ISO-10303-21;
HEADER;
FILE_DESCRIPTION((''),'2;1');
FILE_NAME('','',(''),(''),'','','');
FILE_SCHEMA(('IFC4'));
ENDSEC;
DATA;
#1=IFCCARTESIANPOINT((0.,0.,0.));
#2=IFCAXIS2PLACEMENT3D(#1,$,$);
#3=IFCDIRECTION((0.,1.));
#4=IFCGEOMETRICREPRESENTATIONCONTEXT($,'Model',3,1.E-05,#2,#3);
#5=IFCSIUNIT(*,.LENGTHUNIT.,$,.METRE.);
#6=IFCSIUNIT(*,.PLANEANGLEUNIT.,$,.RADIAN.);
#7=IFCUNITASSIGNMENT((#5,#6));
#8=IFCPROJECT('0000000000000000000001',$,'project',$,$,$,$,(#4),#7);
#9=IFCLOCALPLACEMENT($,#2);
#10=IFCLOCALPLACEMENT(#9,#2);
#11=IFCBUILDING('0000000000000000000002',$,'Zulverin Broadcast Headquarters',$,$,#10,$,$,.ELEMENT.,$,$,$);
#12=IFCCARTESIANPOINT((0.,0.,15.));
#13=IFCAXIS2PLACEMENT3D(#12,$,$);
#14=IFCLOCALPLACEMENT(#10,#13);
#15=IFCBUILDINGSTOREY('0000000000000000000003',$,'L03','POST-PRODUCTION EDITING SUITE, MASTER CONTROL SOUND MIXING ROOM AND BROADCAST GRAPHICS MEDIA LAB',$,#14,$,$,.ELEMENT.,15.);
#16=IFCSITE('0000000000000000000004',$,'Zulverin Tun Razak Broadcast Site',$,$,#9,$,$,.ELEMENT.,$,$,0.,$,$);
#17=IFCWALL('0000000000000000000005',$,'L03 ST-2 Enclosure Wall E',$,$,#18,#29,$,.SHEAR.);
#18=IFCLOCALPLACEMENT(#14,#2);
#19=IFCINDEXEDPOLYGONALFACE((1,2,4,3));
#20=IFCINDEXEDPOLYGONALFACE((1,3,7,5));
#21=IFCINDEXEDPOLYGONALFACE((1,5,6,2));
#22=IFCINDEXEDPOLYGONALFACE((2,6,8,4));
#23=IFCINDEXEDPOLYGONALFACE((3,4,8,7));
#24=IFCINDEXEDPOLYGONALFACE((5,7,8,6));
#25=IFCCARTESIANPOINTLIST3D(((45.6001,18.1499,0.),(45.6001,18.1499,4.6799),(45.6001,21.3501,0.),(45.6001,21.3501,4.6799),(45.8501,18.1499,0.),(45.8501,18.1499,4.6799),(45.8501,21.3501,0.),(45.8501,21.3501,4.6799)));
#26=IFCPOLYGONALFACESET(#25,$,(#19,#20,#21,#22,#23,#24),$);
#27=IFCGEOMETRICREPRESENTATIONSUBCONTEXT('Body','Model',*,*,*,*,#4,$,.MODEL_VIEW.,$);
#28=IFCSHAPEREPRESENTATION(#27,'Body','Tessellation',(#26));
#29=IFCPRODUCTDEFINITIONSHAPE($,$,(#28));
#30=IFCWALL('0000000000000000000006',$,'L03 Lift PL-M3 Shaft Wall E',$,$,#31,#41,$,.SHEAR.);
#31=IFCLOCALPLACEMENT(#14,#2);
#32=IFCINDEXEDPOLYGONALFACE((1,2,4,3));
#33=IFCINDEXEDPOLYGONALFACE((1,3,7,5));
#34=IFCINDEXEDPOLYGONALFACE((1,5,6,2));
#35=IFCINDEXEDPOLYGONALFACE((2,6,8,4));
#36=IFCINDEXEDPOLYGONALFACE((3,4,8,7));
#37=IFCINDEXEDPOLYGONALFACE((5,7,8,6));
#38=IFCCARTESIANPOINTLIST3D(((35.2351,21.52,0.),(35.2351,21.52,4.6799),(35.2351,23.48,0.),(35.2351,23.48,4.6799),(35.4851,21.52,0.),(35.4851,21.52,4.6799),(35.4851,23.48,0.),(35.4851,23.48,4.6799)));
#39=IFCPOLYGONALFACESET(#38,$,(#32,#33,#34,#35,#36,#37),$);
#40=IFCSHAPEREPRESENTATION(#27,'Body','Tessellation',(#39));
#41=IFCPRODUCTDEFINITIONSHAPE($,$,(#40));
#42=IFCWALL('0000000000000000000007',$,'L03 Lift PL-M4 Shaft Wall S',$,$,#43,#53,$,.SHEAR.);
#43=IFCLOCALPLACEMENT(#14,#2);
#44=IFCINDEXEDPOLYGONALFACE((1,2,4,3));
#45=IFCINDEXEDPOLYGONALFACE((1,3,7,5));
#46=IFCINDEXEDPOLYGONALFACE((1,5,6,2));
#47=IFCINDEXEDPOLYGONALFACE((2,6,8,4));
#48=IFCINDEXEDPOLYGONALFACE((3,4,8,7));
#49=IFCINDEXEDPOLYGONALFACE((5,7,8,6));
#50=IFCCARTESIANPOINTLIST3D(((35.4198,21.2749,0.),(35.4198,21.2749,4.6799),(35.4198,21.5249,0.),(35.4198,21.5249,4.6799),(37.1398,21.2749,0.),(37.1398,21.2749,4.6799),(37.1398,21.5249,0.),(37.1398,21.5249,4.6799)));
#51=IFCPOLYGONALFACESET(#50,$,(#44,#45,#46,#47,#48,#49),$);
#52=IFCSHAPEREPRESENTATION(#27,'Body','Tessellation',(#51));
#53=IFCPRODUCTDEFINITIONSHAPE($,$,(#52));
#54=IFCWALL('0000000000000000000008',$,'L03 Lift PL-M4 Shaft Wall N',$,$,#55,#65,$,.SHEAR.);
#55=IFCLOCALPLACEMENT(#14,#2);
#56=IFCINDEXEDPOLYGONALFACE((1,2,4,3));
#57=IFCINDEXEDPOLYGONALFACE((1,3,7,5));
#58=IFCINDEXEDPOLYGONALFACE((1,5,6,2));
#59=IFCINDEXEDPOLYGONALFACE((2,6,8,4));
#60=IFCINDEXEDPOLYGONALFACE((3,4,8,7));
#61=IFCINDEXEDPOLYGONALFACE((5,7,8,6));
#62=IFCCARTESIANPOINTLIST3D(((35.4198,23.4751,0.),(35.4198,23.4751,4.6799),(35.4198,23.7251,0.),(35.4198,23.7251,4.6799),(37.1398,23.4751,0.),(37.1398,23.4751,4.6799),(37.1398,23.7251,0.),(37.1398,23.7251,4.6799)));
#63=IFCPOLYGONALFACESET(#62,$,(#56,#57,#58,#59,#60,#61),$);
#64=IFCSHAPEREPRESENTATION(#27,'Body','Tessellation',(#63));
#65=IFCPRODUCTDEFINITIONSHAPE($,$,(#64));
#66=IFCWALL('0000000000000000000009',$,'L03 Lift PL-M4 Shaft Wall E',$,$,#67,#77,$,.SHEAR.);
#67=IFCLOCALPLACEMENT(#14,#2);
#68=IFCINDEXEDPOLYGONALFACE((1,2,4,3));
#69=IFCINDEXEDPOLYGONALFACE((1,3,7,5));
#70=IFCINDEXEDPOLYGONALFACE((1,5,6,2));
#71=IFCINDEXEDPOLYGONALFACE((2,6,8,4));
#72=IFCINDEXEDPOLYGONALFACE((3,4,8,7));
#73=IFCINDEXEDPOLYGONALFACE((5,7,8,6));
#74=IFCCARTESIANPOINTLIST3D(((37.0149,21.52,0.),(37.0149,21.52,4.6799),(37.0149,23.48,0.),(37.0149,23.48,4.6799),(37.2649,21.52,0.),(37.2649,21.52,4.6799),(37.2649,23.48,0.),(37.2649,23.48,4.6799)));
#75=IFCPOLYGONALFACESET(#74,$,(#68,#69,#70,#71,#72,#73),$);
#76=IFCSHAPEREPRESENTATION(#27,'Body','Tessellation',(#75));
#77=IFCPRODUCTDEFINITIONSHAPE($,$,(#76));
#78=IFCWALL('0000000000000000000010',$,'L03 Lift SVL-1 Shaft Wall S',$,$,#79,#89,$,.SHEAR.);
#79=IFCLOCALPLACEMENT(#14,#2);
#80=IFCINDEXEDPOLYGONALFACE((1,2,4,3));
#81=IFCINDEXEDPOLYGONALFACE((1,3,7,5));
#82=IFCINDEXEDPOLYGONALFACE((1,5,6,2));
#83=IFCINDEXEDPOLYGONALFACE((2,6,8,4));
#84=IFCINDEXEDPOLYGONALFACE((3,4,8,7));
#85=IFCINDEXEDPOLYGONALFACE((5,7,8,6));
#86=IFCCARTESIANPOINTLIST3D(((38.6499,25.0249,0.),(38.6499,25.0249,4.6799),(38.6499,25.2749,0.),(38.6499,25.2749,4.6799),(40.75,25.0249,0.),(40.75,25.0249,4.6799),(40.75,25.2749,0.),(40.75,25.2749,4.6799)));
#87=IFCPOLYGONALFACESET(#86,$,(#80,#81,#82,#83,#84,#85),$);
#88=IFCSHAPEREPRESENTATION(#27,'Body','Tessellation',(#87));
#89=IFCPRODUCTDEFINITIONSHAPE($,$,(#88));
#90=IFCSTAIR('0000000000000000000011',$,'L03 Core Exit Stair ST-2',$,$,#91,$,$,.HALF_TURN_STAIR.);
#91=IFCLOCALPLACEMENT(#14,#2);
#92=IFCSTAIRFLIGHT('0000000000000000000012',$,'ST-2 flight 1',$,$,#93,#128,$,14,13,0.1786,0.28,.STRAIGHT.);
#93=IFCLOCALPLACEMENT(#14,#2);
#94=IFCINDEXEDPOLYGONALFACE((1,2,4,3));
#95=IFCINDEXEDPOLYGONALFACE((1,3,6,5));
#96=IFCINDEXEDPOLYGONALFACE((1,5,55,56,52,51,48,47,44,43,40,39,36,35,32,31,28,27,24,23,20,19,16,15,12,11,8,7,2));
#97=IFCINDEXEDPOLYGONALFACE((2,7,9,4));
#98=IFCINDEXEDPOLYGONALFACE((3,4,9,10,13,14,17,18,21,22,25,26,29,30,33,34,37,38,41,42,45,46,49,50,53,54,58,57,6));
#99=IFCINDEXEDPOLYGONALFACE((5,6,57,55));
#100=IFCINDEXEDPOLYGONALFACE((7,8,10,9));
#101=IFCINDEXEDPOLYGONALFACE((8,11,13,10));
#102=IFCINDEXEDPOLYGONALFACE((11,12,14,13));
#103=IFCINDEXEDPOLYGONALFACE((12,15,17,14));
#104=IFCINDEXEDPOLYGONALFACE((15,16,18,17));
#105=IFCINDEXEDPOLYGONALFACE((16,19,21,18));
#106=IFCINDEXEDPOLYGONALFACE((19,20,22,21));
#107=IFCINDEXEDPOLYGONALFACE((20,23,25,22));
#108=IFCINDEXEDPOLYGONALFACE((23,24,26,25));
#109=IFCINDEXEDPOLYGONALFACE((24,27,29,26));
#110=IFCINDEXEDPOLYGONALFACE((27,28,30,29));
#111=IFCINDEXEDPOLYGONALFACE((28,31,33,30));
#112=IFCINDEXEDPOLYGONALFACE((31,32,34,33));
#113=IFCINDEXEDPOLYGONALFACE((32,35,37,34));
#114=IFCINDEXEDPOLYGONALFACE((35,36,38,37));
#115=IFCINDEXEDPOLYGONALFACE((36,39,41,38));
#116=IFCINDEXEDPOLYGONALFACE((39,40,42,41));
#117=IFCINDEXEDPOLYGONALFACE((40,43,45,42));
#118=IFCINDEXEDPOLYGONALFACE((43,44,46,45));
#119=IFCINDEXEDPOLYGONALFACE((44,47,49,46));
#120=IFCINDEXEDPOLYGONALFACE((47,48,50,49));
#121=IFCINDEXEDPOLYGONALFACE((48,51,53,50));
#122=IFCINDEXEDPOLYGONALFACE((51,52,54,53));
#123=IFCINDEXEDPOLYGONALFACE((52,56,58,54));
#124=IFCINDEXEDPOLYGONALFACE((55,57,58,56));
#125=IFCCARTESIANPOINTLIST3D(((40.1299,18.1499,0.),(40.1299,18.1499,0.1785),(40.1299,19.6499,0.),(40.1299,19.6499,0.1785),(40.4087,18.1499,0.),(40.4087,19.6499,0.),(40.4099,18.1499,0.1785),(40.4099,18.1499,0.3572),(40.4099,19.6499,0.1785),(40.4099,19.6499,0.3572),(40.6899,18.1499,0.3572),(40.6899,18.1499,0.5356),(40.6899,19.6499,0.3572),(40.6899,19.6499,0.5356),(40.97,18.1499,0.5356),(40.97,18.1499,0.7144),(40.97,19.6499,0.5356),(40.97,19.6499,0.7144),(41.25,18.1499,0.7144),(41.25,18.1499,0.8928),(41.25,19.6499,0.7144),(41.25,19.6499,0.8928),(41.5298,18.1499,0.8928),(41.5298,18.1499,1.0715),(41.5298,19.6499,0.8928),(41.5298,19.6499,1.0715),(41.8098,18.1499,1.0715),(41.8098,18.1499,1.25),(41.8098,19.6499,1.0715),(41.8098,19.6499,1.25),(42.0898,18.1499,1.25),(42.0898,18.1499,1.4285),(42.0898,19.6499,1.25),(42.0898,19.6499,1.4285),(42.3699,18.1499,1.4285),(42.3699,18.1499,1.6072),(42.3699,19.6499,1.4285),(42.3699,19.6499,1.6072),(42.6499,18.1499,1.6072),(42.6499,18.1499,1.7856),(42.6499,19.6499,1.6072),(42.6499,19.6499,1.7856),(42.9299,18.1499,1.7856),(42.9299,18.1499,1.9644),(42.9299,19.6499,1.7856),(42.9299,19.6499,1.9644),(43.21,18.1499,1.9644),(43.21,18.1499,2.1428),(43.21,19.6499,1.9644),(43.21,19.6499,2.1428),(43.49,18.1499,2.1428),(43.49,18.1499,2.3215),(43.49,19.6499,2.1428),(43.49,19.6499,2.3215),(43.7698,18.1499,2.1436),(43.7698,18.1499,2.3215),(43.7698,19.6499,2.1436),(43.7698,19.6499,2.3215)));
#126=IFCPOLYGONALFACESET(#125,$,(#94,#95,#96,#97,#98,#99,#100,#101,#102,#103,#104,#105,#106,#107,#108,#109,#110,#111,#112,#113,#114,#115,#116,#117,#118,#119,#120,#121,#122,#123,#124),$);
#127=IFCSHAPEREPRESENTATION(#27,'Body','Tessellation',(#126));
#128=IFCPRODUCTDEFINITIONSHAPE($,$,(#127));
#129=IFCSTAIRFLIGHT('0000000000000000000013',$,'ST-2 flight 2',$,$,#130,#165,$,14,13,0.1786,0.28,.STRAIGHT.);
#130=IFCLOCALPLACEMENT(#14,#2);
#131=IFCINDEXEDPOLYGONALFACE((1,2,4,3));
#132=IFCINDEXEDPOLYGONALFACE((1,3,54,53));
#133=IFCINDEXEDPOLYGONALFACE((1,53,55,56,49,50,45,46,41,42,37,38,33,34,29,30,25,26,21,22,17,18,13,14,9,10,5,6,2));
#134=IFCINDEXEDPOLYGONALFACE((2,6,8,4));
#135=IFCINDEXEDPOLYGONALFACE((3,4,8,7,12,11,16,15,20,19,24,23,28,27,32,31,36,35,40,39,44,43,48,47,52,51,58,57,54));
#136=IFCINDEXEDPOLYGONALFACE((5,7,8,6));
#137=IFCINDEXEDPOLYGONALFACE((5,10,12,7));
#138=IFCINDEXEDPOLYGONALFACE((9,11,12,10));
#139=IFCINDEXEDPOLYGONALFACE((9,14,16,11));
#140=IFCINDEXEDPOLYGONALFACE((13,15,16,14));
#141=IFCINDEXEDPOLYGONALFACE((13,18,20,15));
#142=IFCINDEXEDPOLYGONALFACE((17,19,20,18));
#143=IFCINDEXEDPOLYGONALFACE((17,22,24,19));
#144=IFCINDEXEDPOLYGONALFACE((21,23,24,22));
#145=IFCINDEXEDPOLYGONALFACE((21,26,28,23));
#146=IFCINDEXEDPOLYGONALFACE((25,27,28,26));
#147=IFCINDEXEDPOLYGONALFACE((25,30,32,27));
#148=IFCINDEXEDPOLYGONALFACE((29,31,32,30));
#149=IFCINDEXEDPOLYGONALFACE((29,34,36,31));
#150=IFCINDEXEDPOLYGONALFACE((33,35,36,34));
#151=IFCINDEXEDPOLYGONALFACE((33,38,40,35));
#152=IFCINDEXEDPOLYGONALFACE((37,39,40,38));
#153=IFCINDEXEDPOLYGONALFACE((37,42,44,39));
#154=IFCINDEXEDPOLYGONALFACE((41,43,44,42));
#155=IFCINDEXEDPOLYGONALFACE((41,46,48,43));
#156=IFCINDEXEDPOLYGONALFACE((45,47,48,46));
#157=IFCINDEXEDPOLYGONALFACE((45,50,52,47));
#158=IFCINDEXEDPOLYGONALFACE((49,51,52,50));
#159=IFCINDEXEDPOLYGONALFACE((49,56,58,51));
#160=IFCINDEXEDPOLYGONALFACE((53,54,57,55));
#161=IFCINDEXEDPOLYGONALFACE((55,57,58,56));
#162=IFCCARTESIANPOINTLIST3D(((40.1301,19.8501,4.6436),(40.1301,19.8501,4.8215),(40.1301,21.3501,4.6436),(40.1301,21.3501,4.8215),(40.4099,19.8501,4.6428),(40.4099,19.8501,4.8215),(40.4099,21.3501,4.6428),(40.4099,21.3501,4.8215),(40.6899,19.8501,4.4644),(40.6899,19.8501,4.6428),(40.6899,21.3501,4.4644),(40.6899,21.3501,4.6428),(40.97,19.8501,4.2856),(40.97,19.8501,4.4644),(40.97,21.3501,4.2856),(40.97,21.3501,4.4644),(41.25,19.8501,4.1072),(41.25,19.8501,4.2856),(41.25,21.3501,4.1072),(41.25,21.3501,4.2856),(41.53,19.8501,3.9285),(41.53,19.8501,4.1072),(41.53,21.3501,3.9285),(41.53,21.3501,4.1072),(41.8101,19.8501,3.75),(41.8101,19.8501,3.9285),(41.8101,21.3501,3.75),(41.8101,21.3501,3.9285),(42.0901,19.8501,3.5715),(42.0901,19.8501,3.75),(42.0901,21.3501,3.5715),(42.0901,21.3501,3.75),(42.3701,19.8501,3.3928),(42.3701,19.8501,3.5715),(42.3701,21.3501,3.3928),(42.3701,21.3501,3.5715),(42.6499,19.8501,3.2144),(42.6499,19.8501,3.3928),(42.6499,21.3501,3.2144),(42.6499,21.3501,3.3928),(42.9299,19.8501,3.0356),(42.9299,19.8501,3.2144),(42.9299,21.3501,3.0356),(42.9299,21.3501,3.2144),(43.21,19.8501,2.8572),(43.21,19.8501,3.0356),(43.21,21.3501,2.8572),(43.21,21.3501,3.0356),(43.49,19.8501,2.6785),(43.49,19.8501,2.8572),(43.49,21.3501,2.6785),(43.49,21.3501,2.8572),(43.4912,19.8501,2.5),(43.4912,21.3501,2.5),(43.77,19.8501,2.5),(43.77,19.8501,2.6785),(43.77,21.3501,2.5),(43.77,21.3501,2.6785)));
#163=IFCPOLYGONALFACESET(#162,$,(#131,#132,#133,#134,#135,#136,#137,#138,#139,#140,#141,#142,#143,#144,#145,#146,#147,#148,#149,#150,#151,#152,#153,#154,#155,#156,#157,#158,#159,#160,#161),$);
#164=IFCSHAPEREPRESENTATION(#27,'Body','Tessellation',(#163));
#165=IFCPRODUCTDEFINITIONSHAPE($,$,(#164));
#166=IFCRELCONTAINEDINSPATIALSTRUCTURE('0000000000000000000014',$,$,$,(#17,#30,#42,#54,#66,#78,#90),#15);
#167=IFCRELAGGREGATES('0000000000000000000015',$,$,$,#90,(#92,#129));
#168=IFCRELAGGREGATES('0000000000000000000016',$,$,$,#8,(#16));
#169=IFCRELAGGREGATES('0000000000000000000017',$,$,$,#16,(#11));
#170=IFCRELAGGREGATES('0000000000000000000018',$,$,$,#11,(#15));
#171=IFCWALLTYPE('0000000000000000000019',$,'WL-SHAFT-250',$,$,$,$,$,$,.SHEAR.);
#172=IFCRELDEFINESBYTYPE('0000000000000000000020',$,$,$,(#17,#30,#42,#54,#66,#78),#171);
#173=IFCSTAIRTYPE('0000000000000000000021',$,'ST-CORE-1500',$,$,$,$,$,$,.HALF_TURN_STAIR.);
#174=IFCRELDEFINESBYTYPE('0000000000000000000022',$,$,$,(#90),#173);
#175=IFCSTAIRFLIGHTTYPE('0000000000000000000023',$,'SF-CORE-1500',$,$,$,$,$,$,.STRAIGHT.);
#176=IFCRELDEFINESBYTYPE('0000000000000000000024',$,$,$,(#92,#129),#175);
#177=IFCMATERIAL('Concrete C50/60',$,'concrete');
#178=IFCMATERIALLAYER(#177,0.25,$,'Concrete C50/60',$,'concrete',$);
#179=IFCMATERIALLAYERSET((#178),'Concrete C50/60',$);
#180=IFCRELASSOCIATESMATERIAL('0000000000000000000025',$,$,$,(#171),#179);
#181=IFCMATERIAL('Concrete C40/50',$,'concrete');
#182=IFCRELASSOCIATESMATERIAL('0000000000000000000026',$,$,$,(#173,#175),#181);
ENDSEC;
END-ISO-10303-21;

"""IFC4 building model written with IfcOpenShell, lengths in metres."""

from ifc_helpers import new_model, si_unit, direction, frame, frame_2d, origin, place, context, subcontext, project, spatial, polyline, rectangle, outline, extrude, material, layer, layer_set, type_object, element, aggregate, save


model = new_model("IFC4")

# Units and contexts
model_context = context("Model", 3, precision=1e-05, world=origin(), true_north=direction((0.0, 1.0)))
body_context = subcontext(model_context, "Body", "Model", "MODEL_VIEW")
ifc_project = project(units=[si_unit("LENGTHUNIT", "METRE"), si_unit("PLANEANGLEUNIT", "RADIAN")], contexts=[model_context])

# Site, building, storey
site_placement = place(None, origin())
site = spatial("IfcSite", under=ifc_project, at=site_placement, Name="Zulverin Tun Razak Broadcast Site", CompositionType="ELEMENT", RefElevation=0.0)
building_placement = place(site_placement, origin())
building = spatial("IfcBuilding", under=site, at=building_placement, Name="Zulverin Broadcast Headquarters", CompositionType="ELEMENT")
storey_placement = place(building_placement, frame((0.0, 0.0, 15.0)))
storey = spatial("IfcBuildingStorey", under=building, at=storey_placement, Name="L03", Description="POST-PRODUCTION EDITING SUITE, MASTER CONTROL SOUND MIXING ROOM AND BROADCAST GRAPHICS MEDIA LAB", CompositionType="ELEMENT", Elevation=15.0)

# Shared definitions
ifc_material_1 = material(Name="Concrete C40/50", Category="concrete")

# Shared definitions
ifc_material_2 = material(Name="Concrete C50/60", Category="concrete")
ifc_layer_1 = layer(ifc_material_2, 0.25, Name="Concrete C50/60", Category="concrete")
ifc_layer_set_1 = layer_set([ifc_layer_1], Name="Concrete C50/60")
wall_type_1 = type_object("IfcWallType", Name="WL-SHAFT-250", PredefinedType="SHEAR", material=ifc_layer_set_1)

# Walls
wall_1_placement = place(storey_placement, frame((45.7251, 18.1499, 0.0), z_axis=(0.0, 0.0, 1.0), x_axis=(0.0, 1.0, 0.0)))
element("IfcWall", 1, at=wall_1_placement, inside=storey, type_object=wall_type_1, Name="L03 ST-2 Enclosure Wall E", PredefinedType="SHEAR", context=body_context, shape_type="SweptSolid", body=[
    extrude(rectangle(XDim=3.2002, YDim=0.25, at=frame_2d((1.6001, 0.0))), origin(), (0.0, 0.0, 1.0), 4.6799),
])
wall_2_placement = place(storey_placement, frame((35.3601, 21.52, 0.0), z_axis=(0.0, 0.0, 1.0), x_axis=(0.0, 1.0, 0.0)))
element("IfcWall", 2, at=wall_2_placement, inside=storey, type_object=wall_type_1, Name="L03 Lift PL-M3 Shaft Wall E", PredefinedType="SHEAR", context=body_context, shape_type="SweptSolid", body=[
    extrude(rectangle(XDim=1.96, YDim=0.25, at=frame_2d((0.98, 0.0))), origin(), (0.0, 0.0, 1.0), 4.6799),
])
for number, where, z_axis, x_axis, name in (
    (3, (35.4199, 21.3999, 0.0), (0.0, 0.0, 1.0), (1.0, 0.0, 0.0), "L03 Lift PL-M4 Shaft Wall S"),
    (4, (35.4199, 23.6001, 0.0), (0.0, 0.0, 1.0), (1.0, 0.0, 0.0), "L03 Lift PL-M4 Shaft Wall N"),
):
    element("IfcWall", number, at=place(storey_placement, frame(where, z_axis=z_axis, x_axis=x_axis)), inside=storey, type_object=wall_type_1, Name=name, PredefinedType="SHEAR", context=body_context, shape_type="SweptSolid", body=[
        extrude(rectangle(XDim=1.72, YDim=0.25, at=frame_2d((0.8599, 0.0))), origin(), (0.0, 0.0, 1.0), 4.6799),
    ])
wall_3_placement = place(storey_placement, frame((37.1399, 21.52, 0.0), z_axis=(0.0, 0.0, 1.0), x_axis=(0.0, 1.0, 0.0)))
element("IfcWall", 5, at=wall_3_placement, inside=storey, type_object=wall_type_1, Name="L03 Lift PL-M4 Shaft Wall E", PredefinedType="SHEAR", context=body_context, shape_type="SweptSolid", body=[
    extrude(rectangle(XDim=1.96, YDim=0.25, at=frame_2d((0.98, 0.0))), origin(), (0.0, 0.0, 1.0), 4.6799),
])
wall_4_placement = place(storey_placement, frame((38.6499, 25.1499, 0.0), z_axis=(0.0, 0.0, 1.0), x_axis=(1.0, 0.0, 0.0)))
element("IfcWall", 6, at=wall_4_placement, inside=storey, type_object=wall_type_1, Name="L03 Lift SVL-1 Shaft Wall S", PredefinedType="SHEAR", context=body_context, shape_type="SweptSolid", body=[
    extrude(rectangle(XDim=2.1001, YDim=0.25, at=frame_2d((1.05, 0.0))), origin(), (0.0, 0.0, 1.0), 4.6799),
])

# Stair, stair flights
stair_type = type_object("IfcStairType", Name="ST-CORE-1500", PredefinedType="HALF_TURN_STAIR", material=ifc_material_1)
stair_placement = place(storey_placement, origin())
stair = element("IfcStair", 7, at=stair_placement, inside=storey, type_object=stair_type, Name="L03 Core Exit Stair ST-2", PredefinedType="HALF_TURN_STAIR")
stair_flight_type = type_object("IfcStairFlightType", Name="SF-CORE-1500", PredefinedType="STRAIGHT", material=ifc_material_1)
stair_flight_1_placement = place(storey_placement, frame((40.1299, 18.8999, 0.0), z_axis=(0.0, 0.0, 1.0), x_axis=(1.0, 0.0, 0.0)))
stair_flight_1 = element("IfcStairFlight", 8, at=stair_flight_1_placement, type_object=stair_flight_type, Name="ST-2 flight 1", NumberOfRisers=14, NumberOfTreads=13, PredefinedType="STRAIGHT", RiserHeight=0.1786, TreadLength=0.28, context=body_context, shape_type="SweptSolid", body=[
    extrude(outline(polyline([(0.0, 0.0), (0.0, 0.1785), (0.28, 0.1785), (0.28, 0.3572), (0.5601, 0.3572), (0.5601, 0.5356), (0.8401, 0.5356), (0.8401, 0.7144), (1.1201, 0.7144), (1.1201, 0.8928), (1.3999, 0.8928), (1.3999, 1.0715), (1.6799, 1.0715), (1.6799, 1.25), (1.96, 1.25), (1.96, 1.4285), (2.24, 1.4285), (2.24, 1.6072), (2.52, 1.6072), (2.52, 1.7856), (2.8, 1.7856), (2.8, 1.9644), (3.0801, 1.9644), (3.0801, 2.1428), (3.3601, 2.1428), (3.3601, 2.3215), (3.6399, 2.3215), (3.6399, 2.5), (3.6399, 2.1436), (0.2788, 0.0), (0.0, 0.0)])), frame((0.0, 0.75, 0.0), z_axis=(0.0, -1.0, 0.0), x_axis=(1.0, 0.0, 0.0)), (0.0, 0.0, 1.0), 1.5),
])
stair_flight_2_placement = place(storey_placement, frame((43.77, 20.6001, 2.5), z_axis=(0.0, 0.0, 1.0), x_axis=(-1.0, 0.0, 0.0)))
stair_flight_2 = element("IfcStairFlight", 9, at=stair_flight_2_placement, type_object=stair_flight_type, Name="ST-2 flight 2", NumberOfRisers=14, NumberOfTreads=13, PredefinedType="STRAIGHT", RiserHeight=0.1786, TreadLength=0.28, context=body_context, shape_type="SweptSolid", body=[
    extrude(outline(polyline([(0.0, 0.0), (0.0, 0.1785), (0.28, 0.1785), (0.28, 0.3572), (0.5601, 0.3572), (0.5601, 0.5356), (0.8401, 0.5356), (0.8401, 0.7144), (1.1201, 0.7144), (1.1201, 0.8928), (1.3999, 0.8928), (1.3999, 1.0715), (1.6799, 1.0715), (1.6799, 1.25), (1.96, 1.25), (1.96, 1.4285), (2.24, 1.4285), (2.24, 1.6072), (2.52, 1.6072), (2.52, 1.7856), (2.8, 1.7856), (2.8, 1.9644), (3.0801, 1.9644), (3.0801, 2.1428), (3.3601, 2.1428), (3.3601, 2.3215), (3.6399, 2.3215), (3.6399, 2.5), (3.6399, 2.1436), (0.2788, 0.0), (0.0, 0.0)])), frame((0.0, 0.75, 0.0), z_axis=(0.0, -1.0, 0.0), x_axis=(1.0, 0.0, 0.0)), (0.0, 0.0, 1.0), 1.5),
])
aggregate(stair, [stair_flight_1, stair_flight_2])

save(model, "model.ifc")
